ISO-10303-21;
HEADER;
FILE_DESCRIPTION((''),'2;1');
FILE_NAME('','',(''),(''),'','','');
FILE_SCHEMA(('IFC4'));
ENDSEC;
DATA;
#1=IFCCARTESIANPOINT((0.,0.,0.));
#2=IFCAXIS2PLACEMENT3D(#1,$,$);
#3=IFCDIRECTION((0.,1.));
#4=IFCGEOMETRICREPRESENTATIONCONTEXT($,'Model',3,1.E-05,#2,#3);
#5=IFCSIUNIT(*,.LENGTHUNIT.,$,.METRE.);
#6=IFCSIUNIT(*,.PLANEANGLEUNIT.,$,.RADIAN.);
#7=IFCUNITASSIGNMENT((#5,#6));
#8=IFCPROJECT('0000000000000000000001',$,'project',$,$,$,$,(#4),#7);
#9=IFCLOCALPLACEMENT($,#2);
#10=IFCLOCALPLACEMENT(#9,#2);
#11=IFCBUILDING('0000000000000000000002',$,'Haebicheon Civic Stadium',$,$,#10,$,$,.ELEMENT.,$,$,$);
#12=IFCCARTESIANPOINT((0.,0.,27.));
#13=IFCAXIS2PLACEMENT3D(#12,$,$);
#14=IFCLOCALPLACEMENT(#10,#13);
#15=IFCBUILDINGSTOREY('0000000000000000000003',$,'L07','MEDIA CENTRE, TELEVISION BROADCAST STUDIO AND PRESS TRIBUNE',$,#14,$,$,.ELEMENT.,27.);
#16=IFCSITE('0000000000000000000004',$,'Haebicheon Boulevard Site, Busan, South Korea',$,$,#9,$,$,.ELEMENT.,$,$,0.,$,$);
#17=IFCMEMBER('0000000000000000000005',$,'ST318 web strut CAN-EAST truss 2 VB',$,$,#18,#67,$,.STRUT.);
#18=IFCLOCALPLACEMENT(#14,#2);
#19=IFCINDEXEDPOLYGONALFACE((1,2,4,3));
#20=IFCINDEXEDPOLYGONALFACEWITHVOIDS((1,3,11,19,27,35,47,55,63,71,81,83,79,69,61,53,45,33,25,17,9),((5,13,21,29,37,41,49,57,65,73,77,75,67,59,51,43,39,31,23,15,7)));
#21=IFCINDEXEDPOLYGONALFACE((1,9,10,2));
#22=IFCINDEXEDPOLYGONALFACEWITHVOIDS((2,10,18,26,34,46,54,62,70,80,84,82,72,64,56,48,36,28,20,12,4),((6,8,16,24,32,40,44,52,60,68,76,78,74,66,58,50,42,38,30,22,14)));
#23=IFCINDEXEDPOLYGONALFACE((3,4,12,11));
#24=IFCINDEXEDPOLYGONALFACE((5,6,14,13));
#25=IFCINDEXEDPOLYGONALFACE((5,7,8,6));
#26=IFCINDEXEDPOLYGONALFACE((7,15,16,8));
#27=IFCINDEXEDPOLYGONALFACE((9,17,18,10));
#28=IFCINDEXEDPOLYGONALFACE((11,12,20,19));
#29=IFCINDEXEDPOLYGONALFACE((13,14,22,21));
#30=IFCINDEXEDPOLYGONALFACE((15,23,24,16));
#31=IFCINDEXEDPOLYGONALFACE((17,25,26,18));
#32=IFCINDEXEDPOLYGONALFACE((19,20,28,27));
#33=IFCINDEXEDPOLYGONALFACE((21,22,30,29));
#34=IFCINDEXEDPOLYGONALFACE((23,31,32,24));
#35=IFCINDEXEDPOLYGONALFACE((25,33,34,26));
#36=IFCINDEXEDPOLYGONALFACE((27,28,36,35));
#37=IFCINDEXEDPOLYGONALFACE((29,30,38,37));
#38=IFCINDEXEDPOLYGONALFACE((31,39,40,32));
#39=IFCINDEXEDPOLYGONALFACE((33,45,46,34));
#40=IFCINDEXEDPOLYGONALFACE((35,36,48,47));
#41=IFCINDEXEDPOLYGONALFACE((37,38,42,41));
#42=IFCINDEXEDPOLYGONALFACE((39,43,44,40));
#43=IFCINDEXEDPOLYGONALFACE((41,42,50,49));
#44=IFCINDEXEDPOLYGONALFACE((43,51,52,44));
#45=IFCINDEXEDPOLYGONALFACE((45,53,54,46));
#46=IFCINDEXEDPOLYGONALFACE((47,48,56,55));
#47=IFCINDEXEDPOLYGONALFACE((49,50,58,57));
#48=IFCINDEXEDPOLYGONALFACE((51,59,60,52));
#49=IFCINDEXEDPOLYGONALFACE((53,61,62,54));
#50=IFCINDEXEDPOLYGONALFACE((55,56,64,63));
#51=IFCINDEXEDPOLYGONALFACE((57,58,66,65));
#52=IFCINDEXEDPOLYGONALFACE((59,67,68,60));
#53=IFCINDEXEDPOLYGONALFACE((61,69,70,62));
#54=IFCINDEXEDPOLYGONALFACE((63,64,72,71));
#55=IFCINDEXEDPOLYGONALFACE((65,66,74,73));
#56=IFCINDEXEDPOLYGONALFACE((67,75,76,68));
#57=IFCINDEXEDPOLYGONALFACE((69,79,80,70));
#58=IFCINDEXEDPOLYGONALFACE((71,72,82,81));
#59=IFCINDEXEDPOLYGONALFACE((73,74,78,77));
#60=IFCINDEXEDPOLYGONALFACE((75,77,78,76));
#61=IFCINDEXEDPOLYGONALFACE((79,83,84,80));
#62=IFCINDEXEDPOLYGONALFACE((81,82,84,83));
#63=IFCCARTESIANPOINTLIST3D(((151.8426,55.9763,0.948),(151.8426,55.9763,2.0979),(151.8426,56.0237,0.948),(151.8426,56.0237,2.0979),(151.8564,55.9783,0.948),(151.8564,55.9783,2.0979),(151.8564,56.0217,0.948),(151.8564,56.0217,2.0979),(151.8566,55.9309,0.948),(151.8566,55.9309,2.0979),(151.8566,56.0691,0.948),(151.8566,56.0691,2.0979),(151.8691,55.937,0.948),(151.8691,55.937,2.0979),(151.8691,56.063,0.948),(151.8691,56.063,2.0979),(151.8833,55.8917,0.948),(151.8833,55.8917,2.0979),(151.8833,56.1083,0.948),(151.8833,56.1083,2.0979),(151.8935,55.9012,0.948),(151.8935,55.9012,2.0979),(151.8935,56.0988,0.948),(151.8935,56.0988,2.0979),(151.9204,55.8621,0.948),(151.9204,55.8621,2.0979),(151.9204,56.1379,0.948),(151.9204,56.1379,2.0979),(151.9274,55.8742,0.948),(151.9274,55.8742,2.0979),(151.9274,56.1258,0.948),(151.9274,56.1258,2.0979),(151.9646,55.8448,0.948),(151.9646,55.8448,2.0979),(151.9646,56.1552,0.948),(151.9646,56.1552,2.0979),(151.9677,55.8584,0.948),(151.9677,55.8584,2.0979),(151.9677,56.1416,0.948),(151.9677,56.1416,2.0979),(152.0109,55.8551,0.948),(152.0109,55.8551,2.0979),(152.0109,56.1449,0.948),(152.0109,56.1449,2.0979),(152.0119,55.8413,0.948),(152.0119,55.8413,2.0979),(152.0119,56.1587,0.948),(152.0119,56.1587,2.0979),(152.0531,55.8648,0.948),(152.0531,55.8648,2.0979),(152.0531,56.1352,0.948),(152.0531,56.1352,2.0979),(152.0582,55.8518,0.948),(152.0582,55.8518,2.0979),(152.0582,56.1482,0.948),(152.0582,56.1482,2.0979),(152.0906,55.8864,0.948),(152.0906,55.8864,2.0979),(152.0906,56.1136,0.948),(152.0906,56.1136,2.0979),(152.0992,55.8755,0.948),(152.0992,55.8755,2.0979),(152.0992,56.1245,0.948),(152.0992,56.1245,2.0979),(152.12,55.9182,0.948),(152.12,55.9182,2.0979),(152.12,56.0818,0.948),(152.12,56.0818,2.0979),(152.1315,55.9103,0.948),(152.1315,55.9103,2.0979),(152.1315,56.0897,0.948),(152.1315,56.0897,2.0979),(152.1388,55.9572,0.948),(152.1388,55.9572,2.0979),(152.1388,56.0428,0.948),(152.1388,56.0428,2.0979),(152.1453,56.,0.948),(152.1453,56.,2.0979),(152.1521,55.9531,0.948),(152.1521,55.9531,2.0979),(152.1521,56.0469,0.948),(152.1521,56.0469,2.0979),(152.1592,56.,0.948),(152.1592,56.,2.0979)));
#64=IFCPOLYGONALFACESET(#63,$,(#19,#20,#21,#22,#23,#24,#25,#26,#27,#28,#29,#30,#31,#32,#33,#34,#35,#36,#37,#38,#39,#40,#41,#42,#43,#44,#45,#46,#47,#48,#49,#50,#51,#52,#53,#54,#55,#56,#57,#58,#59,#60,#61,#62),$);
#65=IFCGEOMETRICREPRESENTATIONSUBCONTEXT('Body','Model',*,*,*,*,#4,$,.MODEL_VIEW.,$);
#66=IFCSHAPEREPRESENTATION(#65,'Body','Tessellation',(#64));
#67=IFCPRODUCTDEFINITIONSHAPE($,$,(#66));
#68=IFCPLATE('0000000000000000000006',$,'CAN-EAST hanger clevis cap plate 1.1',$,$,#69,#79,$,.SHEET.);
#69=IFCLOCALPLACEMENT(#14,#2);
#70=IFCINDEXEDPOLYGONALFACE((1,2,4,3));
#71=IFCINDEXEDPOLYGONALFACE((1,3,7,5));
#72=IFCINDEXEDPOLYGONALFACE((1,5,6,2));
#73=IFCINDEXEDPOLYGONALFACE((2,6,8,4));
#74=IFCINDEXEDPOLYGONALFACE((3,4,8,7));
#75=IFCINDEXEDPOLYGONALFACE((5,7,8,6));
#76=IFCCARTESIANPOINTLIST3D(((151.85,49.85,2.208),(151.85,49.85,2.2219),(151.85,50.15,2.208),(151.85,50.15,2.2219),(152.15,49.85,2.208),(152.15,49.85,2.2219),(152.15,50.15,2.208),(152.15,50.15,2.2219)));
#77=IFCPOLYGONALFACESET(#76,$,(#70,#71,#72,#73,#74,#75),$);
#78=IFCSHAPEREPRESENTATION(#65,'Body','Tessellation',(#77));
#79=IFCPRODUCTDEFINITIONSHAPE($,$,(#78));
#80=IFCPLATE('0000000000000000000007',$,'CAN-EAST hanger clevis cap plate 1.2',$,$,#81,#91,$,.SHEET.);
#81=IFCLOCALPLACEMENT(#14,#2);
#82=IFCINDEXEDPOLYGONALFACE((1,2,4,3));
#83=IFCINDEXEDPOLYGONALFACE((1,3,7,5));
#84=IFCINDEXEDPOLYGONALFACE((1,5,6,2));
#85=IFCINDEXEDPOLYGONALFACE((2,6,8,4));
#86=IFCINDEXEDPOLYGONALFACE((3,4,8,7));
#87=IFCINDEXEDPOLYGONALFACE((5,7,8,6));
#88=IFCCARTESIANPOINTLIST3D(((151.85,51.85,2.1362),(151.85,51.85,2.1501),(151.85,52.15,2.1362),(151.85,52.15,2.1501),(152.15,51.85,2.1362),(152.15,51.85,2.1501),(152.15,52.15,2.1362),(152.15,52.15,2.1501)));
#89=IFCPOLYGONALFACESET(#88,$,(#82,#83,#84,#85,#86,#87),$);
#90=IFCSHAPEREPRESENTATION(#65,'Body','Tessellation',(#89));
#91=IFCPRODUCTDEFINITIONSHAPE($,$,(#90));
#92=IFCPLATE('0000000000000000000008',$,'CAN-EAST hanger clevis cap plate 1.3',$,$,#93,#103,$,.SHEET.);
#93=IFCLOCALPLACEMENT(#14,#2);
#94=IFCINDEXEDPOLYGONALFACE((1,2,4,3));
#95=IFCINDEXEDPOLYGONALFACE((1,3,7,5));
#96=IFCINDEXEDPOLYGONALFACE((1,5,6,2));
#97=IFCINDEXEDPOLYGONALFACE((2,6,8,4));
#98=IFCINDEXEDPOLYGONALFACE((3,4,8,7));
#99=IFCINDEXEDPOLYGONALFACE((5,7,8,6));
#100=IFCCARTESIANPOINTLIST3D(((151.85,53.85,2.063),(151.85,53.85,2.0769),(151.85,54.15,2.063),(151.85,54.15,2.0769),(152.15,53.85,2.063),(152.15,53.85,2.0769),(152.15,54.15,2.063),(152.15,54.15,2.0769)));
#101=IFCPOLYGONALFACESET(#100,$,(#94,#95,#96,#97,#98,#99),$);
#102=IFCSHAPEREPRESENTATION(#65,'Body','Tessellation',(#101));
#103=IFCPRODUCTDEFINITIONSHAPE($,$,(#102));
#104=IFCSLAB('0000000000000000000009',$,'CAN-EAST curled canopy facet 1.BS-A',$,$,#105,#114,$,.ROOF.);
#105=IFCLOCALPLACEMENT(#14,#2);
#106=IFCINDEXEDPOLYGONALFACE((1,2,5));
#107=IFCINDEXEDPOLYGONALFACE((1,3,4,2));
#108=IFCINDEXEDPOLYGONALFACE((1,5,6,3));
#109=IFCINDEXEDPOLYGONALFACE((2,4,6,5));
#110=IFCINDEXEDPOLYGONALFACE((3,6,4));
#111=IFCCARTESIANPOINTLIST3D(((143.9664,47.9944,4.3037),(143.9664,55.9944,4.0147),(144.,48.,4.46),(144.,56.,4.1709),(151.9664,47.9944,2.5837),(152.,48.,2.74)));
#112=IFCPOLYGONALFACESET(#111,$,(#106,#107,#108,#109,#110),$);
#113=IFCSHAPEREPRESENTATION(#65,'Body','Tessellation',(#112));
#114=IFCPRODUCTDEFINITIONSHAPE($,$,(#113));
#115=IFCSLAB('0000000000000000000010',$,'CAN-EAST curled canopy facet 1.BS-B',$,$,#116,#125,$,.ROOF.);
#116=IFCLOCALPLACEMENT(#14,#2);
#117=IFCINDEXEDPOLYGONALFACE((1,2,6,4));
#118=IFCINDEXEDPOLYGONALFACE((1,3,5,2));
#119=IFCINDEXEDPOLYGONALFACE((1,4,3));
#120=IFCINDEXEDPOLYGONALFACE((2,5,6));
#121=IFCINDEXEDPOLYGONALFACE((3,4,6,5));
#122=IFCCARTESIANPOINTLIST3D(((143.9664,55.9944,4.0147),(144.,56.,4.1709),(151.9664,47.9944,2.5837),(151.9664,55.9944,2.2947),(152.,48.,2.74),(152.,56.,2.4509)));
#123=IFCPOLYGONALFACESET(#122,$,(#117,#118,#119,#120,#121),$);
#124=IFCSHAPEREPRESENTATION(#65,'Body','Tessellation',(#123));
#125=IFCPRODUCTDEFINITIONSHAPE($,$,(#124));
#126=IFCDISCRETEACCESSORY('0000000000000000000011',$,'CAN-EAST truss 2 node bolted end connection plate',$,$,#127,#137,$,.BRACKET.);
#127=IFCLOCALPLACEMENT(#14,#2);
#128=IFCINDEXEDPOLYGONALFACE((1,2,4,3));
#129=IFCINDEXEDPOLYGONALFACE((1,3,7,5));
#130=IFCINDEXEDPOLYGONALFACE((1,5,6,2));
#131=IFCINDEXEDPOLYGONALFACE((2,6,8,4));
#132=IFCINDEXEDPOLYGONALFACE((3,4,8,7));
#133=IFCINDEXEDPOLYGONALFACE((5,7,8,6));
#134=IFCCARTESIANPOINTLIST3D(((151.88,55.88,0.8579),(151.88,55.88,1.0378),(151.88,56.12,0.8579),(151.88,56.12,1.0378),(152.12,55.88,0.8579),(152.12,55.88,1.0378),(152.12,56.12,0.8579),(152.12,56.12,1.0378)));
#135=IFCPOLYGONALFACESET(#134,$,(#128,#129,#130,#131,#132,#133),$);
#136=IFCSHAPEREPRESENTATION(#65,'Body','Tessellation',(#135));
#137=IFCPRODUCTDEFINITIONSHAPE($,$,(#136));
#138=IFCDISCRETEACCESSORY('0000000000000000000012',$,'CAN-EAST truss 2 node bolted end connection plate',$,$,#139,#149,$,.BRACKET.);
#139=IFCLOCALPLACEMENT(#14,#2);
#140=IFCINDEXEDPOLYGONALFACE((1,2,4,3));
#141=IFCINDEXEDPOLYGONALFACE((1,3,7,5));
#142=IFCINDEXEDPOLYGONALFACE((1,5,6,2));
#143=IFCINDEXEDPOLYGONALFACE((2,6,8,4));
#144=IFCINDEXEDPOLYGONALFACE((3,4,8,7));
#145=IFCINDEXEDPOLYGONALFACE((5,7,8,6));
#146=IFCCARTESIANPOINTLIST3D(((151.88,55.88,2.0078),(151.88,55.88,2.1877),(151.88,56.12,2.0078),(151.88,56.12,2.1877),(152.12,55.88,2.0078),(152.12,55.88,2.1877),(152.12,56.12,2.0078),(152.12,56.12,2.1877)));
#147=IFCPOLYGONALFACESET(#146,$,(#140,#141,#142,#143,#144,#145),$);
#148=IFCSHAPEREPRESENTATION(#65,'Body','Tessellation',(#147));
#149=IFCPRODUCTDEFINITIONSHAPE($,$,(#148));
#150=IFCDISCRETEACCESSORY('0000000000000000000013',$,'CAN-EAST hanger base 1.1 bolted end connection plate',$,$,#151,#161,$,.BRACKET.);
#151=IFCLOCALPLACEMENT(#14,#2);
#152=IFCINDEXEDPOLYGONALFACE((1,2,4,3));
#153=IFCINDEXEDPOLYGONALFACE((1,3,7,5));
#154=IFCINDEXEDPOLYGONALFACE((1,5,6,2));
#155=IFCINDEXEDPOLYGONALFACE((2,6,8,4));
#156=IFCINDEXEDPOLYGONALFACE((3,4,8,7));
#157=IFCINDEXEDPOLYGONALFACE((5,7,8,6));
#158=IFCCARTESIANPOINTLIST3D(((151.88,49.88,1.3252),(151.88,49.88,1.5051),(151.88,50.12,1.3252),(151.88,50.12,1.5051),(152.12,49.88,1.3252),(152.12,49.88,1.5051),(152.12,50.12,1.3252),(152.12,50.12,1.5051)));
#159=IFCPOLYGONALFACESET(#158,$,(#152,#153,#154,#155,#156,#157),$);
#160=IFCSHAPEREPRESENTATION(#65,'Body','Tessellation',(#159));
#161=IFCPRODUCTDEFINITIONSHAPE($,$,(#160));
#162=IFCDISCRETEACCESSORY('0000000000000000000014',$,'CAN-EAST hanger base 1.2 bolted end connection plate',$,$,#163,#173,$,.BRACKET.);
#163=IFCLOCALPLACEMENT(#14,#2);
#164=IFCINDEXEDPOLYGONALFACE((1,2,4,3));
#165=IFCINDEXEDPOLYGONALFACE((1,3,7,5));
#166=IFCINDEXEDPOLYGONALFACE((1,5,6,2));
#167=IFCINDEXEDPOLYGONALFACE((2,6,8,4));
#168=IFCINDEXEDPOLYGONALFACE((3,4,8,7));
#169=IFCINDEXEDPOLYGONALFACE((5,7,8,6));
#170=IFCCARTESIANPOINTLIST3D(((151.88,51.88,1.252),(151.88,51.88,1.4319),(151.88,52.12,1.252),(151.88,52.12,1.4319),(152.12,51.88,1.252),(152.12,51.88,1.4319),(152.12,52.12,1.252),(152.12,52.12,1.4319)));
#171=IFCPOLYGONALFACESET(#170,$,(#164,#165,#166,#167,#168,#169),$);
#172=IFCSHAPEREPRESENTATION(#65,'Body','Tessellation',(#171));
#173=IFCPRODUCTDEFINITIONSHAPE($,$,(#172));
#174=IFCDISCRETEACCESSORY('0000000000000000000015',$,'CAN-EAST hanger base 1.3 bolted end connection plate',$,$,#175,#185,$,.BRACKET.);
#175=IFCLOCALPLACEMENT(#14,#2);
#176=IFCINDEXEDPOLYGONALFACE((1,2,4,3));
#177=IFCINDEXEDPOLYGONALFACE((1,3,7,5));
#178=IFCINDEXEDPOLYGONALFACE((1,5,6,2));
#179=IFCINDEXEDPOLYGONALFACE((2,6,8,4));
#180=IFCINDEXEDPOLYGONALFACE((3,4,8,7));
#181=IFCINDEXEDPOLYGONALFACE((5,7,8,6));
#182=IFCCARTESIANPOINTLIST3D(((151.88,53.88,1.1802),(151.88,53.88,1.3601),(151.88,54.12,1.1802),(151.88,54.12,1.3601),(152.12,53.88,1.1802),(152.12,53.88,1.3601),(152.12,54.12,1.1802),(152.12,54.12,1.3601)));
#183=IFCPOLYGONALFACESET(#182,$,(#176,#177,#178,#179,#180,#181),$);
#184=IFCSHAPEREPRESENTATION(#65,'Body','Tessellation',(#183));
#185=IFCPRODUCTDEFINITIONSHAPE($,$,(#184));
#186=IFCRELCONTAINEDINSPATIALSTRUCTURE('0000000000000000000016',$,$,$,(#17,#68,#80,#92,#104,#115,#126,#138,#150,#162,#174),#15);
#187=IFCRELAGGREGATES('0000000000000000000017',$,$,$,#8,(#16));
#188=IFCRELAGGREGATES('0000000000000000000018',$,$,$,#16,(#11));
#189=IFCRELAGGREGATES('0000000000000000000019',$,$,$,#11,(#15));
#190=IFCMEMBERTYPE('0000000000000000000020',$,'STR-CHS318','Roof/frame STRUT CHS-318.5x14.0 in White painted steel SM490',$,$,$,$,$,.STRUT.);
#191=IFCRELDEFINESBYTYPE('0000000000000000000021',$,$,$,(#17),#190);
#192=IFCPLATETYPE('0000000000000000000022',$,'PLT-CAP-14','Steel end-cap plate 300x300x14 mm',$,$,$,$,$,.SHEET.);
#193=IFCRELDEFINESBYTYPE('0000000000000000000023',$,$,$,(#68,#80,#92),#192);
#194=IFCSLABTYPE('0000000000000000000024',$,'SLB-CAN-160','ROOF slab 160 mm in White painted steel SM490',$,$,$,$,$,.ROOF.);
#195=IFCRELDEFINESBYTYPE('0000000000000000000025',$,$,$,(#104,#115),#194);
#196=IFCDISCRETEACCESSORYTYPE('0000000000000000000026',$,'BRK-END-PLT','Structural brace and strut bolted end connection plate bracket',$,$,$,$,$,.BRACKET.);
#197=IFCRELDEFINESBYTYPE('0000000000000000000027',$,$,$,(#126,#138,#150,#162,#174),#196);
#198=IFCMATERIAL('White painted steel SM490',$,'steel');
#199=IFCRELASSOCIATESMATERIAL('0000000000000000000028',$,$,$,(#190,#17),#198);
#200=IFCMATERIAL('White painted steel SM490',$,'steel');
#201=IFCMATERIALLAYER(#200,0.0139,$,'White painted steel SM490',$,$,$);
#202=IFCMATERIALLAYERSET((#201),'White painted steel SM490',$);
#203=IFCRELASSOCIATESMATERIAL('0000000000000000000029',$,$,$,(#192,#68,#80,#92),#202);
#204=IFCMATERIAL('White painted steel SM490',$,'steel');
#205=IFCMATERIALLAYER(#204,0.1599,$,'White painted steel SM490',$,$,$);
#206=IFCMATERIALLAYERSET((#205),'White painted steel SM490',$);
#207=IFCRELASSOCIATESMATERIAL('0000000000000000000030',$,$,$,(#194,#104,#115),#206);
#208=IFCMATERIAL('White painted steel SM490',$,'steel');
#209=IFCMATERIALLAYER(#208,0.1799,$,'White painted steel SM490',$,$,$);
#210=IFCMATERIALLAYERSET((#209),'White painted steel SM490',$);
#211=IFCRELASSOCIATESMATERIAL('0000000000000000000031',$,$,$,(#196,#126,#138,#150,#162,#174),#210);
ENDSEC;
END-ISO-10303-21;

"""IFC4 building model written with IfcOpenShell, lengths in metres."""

from ifc_helpers import new_model, si_unit, direction, frame, origin, origin_2d, place, context, subcontext, project, spatial, polyline, rectangle, hollow_circle, outline, extrude, material, layer, layer_set, material_profile, profile_set, type_object, element, save


model = new_model("IFC4")

# Units and contexts
model_context = context("Model", 3, precision=1e-05, world=origin(), true_north=direction((0.0, 1.0)))
body_context = subcontext(model_context, "Body", "Model", "MODEL_VIEW")
ifc_project = project(units=[si_unit("LENGTHUNIT", "METRE"), si_unit("PLANEANGLEUNIT", "RADIAN")], contexts=[model_context])

# Site, building, storey
site_placement = place(None, origin())
site = spatial("IfcSite", under=ifc_project, at=site_placement, Name="Haebicheon Boulevard Site, Busan, South Korea", CompositionType="ELEMENT", RefElevation=0.0)
building_placement = place(site_placement, origin())
building = spatial("IfcBuilding", under=site, at=building_placement, Name="Haebicheon Civic Stadium", CompositionType="ELEMENT")
storey_placement = place(building_placement, frame((0.0, 0.0, 27.0)))
storey = spatial("IfcBuildingStorey", under=building, at=storey_placement, Name="L07", Description="MEDIA CENTRE, TELEVISION BROADCAST STUDIO AND PRESS TRIBUNE", CompositionType="ELEMENT", Elevation=27.0)

# Member
ifc_material_1 = material(Name="White painted steel SM490", Category="steel")
ifc_material_profile_1 = material_profile(ifc_material_1, hollow_circle(Radius=0.1592, WallThickness=0.0139, at=origin_2d()), Name="CHS-318.5x14.0")
ifc_profile_set_1 = profile_set([ifc_material_profile_1], Name="White painted steel SM490")
member_type_1 = type_object("IfcMemberType", Name="STR-CHS318", Description="Roof/frame STRUT CHS-318.5x14.0 in White painted steel SM490", PredefinedType="STRUT", material=ifc_profile_set_1)
member_1_placement = place(storey_placement, frame((152.0, 56.0, 0.948), z_axis=(0.0, 0.0, 1.0), x_axis=(1.0, 0.0, 0.0)))
element("IfcMember", 1, at=member_1_placement, inside=storey, type_object=member_type_1, material=ifc_profile_set_1, Name="ST318 web strut CAN-EAST truss 2 VB", PredefinedType="STRUT", context=body_context, shape_type="SweptSolid", body=[
    extrude(hollow_circle(Radius=0.1592, WallThickness=0.0139, at=origin_2d()), origin(), (0.0, 0.0, 1.0), 1.1499),
])

# Plates
ifc_material_2 = material(Name="White painted steel SM490", Category="steel")
ifc_layer_1 = layer(ifc_material_2, 0.0139, Name="White painted steel SM490")
ifc_layer_set_1 = layer_set([ifc_layer_1], Name="White painted steel SM490")
plate_type = type_object("IfcPlateType", Name="PLT-CAP-14", Description="Steel end-cap plate 300x300x14 mm", PredefinedType="SHEET", material=ifc_layer_set_1)
for number, where, z_axis, x_axis, name in (
    (2, (152.0, 50.0, 2.208), (0.0, 0.0, 1.0), (1.0, 0.0, 0.0), "CAN-EAST hanger clevis cap plate 1.1"),
    (3, (152.0, 52.0, 2.1362), (0.0, 0.0, 1.0), (1.0, 0.0, 0.0), "CAN-EAST hanger clevis cap plate 1.2"),
    (4, (152.0, 54.0, 2.063), (0.0, 0.0, 1.0), (1.0, 0.0, 0.0), "CAN-EAST hanger clevis cap plate 1.3"),
):
    element("IfcPlate", number, at=place(storey_placement, frame(where, z_axis=z_axis, x_axis=x_axis)), inside=storey, type_object=plate_type, material=ifc_layer_set_1, Name=name, PredefinedType="SHEET", context=body_context, shape_type="SweptSolid", body=[
        extrude(rectangle(XDim=0.3, YDim=0.3, at=origin_2d()), origin(), (0.0, 0.0, 1.0), 0.0139),
    ])

# Slabs
ifc_material_3 = material(Name="White painted steel SM490", Category="steel")
ifc_layer_2 = layer(ifc_material_3, 0.1599, Name="White painted steel SM490")
ifc_layer_set_2 = layer_set([ifc_layer_2], Name="White painted steel SM490")
slab_type = type_object("IfcSlabType", Name="SLB-CAN-160", Description="ROOF slab 160 mm in White painted steel SM490", PredefinedType="ROOF", material=ifc_layer_set_2)
slab_1_placement = place(storey_placement, frame((152.0, 48.0, 2.74), z_axis=(0.210062, 0.035304, 0.97705), x_axis=(-0.97766, 0.0, 0.210193)))
element("IfcSlab", 5, at=slab_1_placement, inside=storey, type_object=slab_type, material=ifc_layer_set_2, Name="CAN-EAST curled canopy facet 1.BS-A", PredefinedType="ROOF", context=body_context, shape_type="SweptSolid", body=[
    extrude(outline(polyline([(0.0, 0.0), (8.1828, 0.0), (8.122, -8.005), (0.0, 0.0)])), origin(), (0.0, 0.0, -1.0), 0.1599),
])
slab_2_placement = place(storey_placement, frame((152.0, 48.0, 2.74), z_axis=(0.210062, 0.035304, 0.97705), x_axis=(-0.701518, 0.701518, 0.125476)))
element("IfcSlab", 6, at=slab_2_placement, inside=storey, type_object=slab_type, material=ifc_layer_set_2, Name="CAN-EAST curled canopy facet 1.BS-B", PredefinedType="ROOF", context=body_context, shape_type="SweptSolid", body=[
    extrude(outline(polyline([(0.0, 0.0), (11.4038, 0.0), (5.5759, -5.744), (0.0, 0.0)])), origin(), (0.0, 0.0, -1.0), 0.1599),
])

# Discrete accessories
ifc_material_4 = material(Name="White painted steel SM490", Category="steel")
ifc_layer_3 = layer(ifc_material_4, 0.1799, Name="White painted steel SM490")
ifc_layer_set_3 = layer_set([ifc_layer_3], Name="White painted steel SM490")
discrete_accessory_type = type_object("IfcDiscreteAccessoryType", Name="BRK-END-PLT", Description="Structural brace and strut bolted end connection plate bracket", PredefinedType="BRACKET", material=ifc_layer_set_3)
for number, where, z_axis, x_axis, name in (
    (7, (152.0, 56.0, 0.8579), (0.0, 0.0, 1.0), (1.0, 0.0, 0.0), "CAN-EAST truss 2 node bolted end connection plate"),
    (8, (152.0, 56.0, 2.0078), (0.0, 0.0, 1.0), (1.0, 0.0, 0.0), "CAN-EAST truss 2 node bolted end connection plate"),
    (9, (152.0, 50.0, 1.3252), (0.0, 0.0, 1.0), (1.0, 0.0, 0.0), "CAN-EAST hanger base 1.1 bolted end connection plate"),
    (10, (152.0, 52.0, 1.252), (0.0, 0.0, 1.0), (1.0, 0.0, 0.0), "CAN-EAST hanger base 1.2 bolted end connection plate"),
    (11, (152.0, 54.0, 1.1802), (0.0, 0.0, 1.0), (1.0, 0.0, 0.0), "CAN-EAST hanger base 1.3 bolted end connection plate"),
):
    element("IfcDiscreteAccessory", number, at=place(storey_placement, frame(where, z_axis=z_axis, x_axis=x_axis)), inside=storey, type_object=discrete_accessory_type, material=ifc_layer_set_3, Name=name, PredefinedType="BRACKET", context=body_context, shape_type="SweptSolid", body=[
        extrude(rectangle(XDim=0.24, YDim=0.24, at=origin_2d()), origin(), (0.0, 0.0, 1.0), 0.1799),
    ])

save(model, "model.ifc")
